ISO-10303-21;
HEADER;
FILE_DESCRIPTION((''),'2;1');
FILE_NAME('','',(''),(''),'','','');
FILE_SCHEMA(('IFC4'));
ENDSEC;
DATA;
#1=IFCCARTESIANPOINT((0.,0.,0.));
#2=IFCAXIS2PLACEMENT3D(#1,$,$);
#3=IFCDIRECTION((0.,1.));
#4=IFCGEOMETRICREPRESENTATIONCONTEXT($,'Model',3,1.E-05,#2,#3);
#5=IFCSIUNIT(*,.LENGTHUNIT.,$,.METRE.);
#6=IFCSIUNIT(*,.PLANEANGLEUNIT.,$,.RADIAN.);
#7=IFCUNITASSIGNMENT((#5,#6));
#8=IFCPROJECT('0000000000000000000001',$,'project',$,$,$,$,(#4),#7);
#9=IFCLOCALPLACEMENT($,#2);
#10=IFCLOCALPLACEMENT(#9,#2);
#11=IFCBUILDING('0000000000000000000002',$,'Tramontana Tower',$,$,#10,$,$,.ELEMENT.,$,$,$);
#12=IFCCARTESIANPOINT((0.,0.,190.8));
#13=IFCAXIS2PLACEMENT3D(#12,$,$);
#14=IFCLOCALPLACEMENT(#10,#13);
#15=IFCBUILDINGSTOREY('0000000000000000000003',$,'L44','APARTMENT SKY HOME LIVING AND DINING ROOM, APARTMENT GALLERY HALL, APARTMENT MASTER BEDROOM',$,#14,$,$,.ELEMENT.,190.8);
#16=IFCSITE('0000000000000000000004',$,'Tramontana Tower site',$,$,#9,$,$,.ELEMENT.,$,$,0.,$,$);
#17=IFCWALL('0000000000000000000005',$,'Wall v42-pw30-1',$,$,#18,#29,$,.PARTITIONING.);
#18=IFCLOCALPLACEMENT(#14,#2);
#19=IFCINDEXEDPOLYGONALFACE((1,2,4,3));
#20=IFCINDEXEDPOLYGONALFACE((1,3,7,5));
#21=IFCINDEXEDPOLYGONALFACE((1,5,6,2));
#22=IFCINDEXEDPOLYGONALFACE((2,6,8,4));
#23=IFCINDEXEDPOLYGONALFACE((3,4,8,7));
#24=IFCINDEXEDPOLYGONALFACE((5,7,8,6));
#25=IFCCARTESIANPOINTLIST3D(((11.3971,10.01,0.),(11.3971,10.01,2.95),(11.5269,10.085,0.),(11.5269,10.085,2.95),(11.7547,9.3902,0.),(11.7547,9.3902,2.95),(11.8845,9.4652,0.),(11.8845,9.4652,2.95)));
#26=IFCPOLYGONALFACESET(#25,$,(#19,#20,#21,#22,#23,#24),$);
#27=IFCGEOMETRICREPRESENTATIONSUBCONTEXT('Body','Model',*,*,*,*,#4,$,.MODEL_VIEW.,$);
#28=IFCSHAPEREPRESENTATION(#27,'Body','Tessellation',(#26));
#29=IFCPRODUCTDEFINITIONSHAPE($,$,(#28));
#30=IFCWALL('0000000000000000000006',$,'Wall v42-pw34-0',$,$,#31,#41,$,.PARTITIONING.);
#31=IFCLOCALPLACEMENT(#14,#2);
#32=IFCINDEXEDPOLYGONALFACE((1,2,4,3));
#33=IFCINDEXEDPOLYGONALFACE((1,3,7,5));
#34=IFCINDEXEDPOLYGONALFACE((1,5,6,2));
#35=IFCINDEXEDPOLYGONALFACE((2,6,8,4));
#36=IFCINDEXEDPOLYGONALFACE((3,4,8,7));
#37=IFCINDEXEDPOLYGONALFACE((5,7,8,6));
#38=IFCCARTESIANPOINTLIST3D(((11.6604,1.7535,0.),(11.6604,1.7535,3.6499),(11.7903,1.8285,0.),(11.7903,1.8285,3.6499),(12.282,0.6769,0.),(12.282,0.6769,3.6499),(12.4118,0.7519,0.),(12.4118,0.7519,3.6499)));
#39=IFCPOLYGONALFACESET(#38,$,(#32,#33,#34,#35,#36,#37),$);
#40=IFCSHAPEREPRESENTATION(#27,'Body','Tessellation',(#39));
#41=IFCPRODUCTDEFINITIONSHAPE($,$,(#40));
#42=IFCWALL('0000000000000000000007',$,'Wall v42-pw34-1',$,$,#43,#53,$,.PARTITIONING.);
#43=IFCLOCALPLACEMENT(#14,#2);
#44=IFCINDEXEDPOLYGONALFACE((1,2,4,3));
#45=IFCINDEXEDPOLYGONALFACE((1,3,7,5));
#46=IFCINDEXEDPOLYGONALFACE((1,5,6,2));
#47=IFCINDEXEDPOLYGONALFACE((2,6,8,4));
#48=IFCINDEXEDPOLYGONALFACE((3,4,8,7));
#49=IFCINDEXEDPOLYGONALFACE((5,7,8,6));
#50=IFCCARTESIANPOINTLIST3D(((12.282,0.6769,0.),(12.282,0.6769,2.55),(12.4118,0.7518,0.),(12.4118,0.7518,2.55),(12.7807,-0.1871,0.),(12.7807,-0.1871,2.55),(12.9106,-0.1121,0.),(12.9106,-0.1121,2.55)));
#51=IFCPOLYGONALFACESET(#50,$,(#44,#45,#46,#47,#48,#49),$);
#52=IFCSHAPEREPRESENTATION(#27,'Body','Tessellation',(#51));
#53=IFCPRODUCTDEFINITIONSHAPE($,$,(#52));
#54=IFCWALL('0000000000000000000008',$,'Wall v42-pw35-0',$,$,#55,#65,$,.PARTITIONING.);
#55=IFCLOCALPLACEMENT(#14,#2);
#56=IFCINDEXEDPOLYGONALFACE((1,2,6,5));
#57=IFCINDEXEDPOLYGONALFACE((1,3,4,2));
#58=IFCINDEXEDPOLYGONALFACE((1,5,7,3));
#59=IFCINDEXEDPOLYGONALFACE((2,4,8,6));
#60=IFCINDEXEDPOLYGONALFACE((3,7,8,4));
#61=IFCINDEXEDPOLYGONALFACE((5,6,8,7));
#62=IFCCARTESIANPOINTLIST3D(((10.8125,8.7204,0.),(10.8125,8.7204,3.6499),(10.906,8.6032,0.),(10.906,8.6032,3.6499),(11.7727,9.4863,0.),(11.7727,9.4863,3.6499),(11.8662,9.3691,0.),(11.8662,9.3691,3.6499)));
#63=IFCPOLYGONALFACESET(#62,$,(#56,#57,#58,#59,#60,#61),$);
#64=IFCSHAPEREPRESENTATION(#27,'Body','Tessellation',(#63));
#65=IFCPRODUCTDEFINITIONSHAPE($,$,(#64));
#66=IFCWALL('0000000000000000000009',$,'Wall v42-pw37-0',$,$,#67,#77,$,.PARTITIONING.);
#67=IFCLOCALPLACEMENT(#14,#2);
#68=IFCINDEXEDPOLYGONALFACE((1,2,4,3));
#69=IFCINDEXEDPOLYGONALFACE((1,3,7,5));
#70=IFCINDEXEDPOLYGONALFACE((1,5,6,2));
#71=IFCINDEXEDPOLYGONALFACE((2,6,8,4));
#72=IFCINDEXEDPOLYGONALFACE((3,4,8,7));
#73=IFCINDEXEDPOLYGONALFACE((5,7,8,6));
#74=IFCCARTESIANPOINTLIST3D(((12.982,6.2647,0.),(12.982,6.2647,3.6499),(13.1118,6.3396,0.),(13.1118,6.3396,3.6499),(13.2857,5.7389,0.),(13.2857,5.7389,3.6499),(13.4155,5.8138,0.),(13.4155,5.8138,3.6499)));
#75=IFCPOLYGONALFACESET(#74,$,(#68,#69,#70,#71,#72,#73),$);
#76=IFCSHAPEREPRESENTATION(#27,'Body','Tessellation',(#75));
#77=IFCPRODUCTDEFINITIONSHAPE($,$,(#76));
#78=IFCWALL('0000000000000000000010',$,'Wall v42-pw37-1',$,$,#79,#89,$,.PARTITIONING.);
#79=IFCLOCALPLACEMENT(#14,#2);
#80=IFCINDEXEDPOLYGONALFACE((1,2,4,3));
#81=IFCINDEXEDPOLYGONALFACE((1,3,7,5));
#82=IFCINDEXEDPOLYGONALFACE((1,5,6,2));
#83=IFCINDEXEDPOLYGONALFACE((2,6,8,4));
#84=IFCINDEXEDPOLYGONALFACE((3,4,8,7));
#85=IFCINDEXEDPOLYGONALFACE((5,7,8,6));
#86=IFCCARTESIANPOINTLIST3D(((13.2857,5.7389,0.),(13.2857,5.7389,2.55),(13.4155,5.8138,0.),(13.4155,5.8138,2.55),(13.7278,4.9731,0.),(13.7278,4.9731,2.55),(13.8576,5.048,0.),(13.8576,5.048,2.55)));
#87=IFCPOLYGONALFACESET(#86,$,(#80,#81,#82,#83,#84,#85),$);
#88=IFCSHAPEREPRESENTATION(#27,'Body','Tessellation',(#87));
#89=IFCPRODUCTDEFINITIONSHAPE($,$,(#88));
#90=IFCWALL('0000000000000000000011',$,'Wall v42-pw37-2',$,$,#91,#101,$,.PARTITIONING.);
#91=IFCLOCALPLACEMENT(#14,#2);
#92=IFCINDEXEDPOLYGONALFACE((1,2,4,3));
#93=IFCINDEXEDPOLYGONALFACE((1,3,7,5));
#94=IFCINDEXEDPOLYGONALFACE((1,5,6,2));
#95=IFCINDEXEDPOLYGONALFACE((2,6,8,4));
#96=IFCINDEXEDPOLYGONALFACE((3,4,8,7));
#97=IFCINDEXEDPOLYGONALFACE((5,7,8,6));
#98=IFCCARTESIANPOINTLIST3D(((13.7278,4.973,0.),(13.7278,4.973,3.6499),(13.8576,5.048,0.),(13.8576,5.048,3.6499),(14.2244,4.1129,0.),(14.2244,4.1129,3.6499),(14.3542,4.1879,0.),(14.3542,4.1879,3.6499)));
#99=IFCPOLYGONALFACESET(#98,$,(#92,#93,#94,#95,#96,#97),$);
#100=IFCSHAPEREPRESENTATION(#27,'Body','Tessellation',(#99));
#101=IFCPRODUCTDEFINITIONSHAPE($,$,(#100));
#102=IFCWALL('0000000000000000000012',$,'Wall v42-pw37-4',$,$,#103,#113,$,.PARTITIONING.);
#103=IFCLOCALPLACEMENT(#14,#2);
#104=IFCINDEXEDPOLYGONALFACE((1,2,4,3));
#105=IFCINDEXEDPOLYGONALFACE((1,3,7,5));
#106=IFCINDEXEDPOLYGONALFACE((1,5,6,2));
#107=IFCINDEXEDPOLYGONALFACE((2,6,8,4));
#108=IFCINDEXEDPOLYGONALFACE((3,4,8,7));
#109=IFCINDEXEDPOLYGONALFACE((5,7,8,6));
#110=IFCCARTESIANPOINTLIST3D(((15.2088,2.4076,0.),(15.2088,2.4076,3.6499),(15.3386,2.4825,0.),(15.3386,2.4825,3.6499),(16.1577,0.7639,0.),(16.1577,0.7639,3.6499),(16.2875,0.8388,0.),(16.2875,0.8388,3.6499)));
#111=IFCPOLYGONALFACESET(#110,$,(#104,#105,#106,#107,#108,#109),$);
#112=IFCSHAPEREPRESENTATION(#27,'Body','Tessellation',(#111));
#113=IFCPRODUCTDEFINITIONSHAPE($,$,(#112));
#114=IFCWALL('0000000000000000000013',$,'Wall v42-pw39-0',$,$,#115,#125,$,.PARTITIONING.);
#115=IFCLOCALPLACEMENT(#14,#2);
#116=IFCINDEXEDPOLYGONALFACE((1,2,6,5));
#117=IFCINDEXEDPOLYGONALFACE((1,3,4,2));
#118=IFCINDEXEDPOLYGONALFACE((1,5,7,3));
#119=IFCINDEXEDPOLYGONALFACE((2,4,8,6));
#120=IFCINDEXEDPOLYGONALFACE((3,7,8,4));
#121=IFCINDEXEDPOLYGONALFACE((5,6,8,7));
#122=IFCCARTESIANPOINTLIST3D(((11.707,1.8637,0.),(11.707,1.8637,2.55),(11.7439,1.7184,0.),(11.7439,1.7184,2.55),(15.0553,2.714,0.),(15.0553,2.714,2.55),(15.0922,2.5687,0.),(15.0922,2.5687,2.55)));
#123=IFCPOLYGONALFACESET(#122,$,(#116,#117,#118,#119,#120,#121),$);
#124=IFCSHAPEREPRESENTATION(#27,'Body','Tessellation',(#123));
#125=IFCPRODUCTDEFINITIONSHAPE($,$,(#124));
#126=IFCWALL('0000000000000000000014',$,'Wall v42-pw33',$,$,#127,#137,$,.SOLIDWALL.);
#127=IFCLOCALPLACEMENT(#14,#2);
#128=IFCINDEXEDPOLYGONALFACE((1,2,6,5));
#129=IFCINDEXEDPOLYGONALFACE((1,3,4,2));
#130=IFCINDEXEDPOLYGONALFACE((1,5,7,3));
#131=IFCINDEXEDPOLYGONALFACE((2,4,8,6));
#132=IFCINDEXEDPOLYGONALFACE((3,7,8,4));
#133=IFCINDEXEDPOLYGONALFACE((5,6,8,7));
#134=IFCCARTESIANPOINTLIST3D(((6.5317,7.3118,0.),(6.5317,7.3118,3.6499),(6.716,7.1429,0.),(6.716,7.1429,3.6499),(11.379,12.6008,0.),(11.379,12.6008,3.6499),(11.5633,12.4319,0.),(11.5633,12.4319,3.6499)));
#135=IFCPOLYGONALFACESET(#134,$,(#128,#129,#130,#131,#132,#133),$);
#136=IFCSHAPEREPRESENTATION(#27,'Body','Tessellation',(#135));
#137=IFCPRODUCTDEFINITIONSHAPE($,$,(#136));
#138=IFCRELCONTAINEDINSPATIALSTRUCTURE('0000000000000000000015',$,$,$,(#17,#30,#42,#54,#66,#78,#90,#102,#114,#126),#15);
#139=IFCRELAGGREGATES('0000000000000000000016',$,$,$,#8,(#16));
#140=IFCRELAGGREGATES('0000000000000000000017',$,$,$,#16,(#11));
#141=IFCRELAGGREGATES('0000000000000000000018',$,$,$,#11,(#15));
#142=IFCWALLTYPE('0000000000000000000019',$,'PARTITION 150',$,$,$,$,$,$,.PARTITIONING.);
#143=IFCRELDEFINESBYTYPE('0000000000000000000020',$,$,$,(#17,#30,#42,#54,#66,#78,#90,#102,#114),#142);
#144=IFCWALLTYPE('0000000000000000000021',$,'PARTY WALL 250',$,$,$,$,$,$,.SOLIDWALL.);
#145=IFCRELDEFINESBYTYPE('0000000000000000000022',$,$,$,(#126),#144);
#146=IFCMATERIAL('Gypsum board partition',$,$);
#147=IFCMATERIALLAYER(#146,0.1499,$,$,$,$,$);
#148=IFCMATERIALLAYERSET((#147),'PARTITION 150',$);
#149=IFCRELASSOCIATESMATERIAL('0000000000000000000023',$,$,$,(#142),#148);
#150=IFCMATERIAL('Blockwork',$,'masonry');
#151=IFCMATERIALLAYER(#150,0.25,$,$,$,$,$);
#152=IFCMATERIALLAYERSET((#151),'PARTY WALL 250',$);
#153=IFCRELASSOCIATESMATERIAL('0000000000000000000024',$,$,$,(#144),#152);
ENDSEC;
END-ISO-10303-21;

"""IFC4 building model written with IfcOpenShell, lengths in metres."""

from ifc_helpers import new_model, si_unit, direction, frame, frame_2d, origin, place, context, subcontext, project, spatial, rectangle, extrude, material, layer, layer_set, type_object, element, save


model = new_model("IFC4")

# Units and contexts
model_context = context("Model", 3, precision=1e-05, world=origin(), true_north=direction((0.0, 1.0)))
body_context = subcontext(model_context, "Body", "Model", "MODEL_VIEW")
ifc_project = project(units=[si_unit("LENGTHUNIT", "METRE"), si_unit("PLANEANGLEUNIT", "RADIAN")], contexts=[model_context])

# Site, building, storey
site_placement = place(None, origin())
site = spatial("IfcSite", under=ifc_project, at=site_placement, Name="Tramontana Tower site", CompositionType="ELEMENT", RefElevation=0.0)
building_placement = place(site_placement, origin())
building = spatial("IfcBuilding", under=site, at=building_placement, Name="Tramontana Tower", CompositionType="ELEMENT")
storey_placement = place(building_placement, frame((0.0, 0.0, 190.8)))
storey = spatial("IfcBuildingStorey", under=building, at=storey_placement, Name="L44", Description="APARTMENT SKY HOME LIVING AND DINING ROOM, APARTMENT GALLERY HALL, APARTMENT MASTER BEDROOM", CompositionType="ELEMENT", Elevation=190.8)

# Shared definitions
ifc_material_1 = material(Name="Gypsum board partition")
ifc_layer_1 = layer(ifc_material_1, 0.1499)
ifc_layer_set_1 = layer_set([ifc_layer_1], Name="PARTITION 150")
wall_type_1 = type_object("IfcWallType", Name="PARTITION 150", PredefinedType="PARTITIONING", material=ifc_layer_set_1)

# Walls
wall_1_placement = place(storey_placement, frame((11.4619, 10.0476, 0.0), z_axis=(0.0, 0.0, 1.0), x_axis=(0.499772, -0.866157, 0.0)))
element("IfcWall", 1, at=wall_1_placement, inside=storey, type_object=wall_type_1, Name="Wall v42-pw30-1", PredefinedType="PARTITIONING", context=body_context, shape_type="SweptSolid", body=[
    extrude(rectangle(XDim=0.7156, YDim=0.1499, at=frame_2d((0.3579, 0.0))), origin(), (0.0, 0.0, 1.0), 2.95),
])
wall_2_placement = place(storey_placement, frame((11.7253, 1.791, 0.0), z_axis=(0.0, 0.0, 1.0), x_axis=(0.499983, -0.866035, 0.0)))
element("IfcWall", 2, at=wall_2_placement, inside=storey, type_object=wall_type_1, Name="Wall v42-pw34-0", PredefinedType="PARTITIONING", context=body_context, shape_type="SweptSolid", body=[
    extrude(rectangle(XDim=1.2432, YDim=0.1499, at=frame_2d((0.6216, 0.0))), origin(), (0.0, 0.0, 1.0), 3.6499),
])
wall_3_placement = place(storey_placement, frame((12.3469, 0.7144, 0.0), z_axis=(0.0, 0.0, 1.0), x_axis=(0.499955, -0.866051, 0.0)))
element("IfcWall", 3, at=wall_3_placement, inside=storey, type_object=wall_type_1, Name="Wall v42-pw34-1", PredefinedType="PARTITIONING", context=body_context, shape_type="SweptSolid", body=[
    extrude(rectangle(XDim=0.9976, YDim=0.1499, at=frame_2d((0.4988, 0.0))), origin(), (0.0, 0.0, 1.0), 2.55),
])
wall_4_placement = place(storey_placement, frame((11.8196, 9.4277, 0.0), z_axis=(0.0, 0.0, 1.0), x_axis=(-0.781779, -0.623555, 0.0)))
element("IfcWall", 4, at=wall_4_placement, inside=storey, type_object=wall_type_1, Name="Wall v42-pw35-0", PredefinedType="PARTITIONING", context=body_context, shape_type="SweptSolid", body=[
    extrude(rectangle(XDim=1.2283, YDim=0.1499, at=frame_2d((0.6143, 0.0))), origin(), (0.0, 0.0, 1.0), 3.6499),
])
wall_5_placement = place(storey_placement, frame((13.0469, 6.3022, 0.0), z_axis=(0.0, 0.0, 1.0), x_axis=(0.500117, -0.865958, 0.0)))
element("IfcWall", 5, at=wall_5_placement, inside=storey, type_object=wall_type_1, Name="Wall v42-pw37-0", PredefinedType="PARTITIONING", context=body_context, shape_type="SweptSolid", body=[
    extrude(rectangle(XDim=0.6072, YDim=0.1499, at=frame_2d((0.3037, 0.0))), origin(), (0.0, 0.0, 1.0), 3.6499),
])
wall_6_placement = place(storey_placement, frame((13.3506, 5.7764, 0.0), z_axis=(0.0, 0.0, 1.0), x_axis=(0.499969, -0.866043, 0.0)))
element("IfcWall", 6, at=wall_6_placement, inside=storey, type_object=wall_type_1, Name="Wall v42-pw37-1", PredefinedType="PARTITIONING", context=body_context, shape_type="SweptSolid", body=[
    extrude(rectangle(XDim=0.8843, YDim=0.1499, at=frame_2d((0.4421, 0.0))), origin(), (0.0, 0.0, 1.0), 2.55),
])
wall_7_placement = place(storey_placement, frame((13.7927, 5.0105, 0.0), z_axis=(0.0, 0.0, 1.0), x_axis=(0.499999, -0.866026, 0.0)))
element("IfcWall", 7, at=wall_7_placement, inside=storey, type_object=wall_type_1, Name="Wall v42-pw37-2", PredefinedType="PARTITIONING", context=body_context, shape_type="SweptSolid", body=[
    extrude(rectangle(XDim=0.9932, YDim=0.1499, at=frame_2d((0.4966, 0.0))), origin(), (0.0, 0.0, 1.0), 3.6499),
])

# Walls
wall_8_placement = place(storey_placement, frame((15.2737, 2.4451, 0.0), z_axis=(0.0, 0.0, 1.0), x_axis=(0.499971, -0.866042, 0.0)))
element("IfcWall", 8, at=wall_8_placement, inside=storey, type_object=wall_type_1, Name="Wall v42-pw37-4", PredefinedType="PARTITIONING", context=body_context, shape_type="SweptSolid", body=[
    extrude(rectangle(XDim=1.8979, YDim=0.1499, at=frame_2d((0.949, 0.0))), origin(), (0.0, 0.0, 1.0), 3.6499),
])
wall_9_placement = place(storey_placement, frame((15.0737, 2.6414, 0.0), z_axis=(0.0, 0.0, 1.0), x_axis=(-0.969234, -0.246142, 0.0)))
element("IfcWall", 9, at=wall_9_placement, inside=storey, type_object=wall_type_1, Name="Wall v42-pw39-0", PredefinedType="PARTITIONING", context=body_context, shape_type="SweptSolid", body=[
    extrude(rectangle(XDim=3.4546, YDim=0.1499, at=frame_2d((1.7273, 0.0))), origin(), (0.0, 0.0, 1.0), 2.55),
])
ifc_material_2 = material(Name="Blockwork", Category="masonry")
ifc_layer_2 = layer(ifc_material_2, 0.25)
ifc_layer_set_2 = layer_set([ifc_layer_2], Name="PARTY WALL 250")
wall_type_2 = type_object("IfcWallType", Name="PARTY WALL 250", PredefinedType="SOLIDWALL", material=ifc_layer_set_2)
wall_10_placement = place(storey_placement, frame((11.4712, 12.5164, 0.0), z_axis=(0.0, 0.0, 1.0), x_axis=(-0.675657, -0.737216, 0.0)))
element("IfcWall", 10, at=wall_10_placement, inside=storey, type_object=wall_type_2, Name="Wall v42-pw33", PredefinedType="SOLIDWALL", context=body_context, shape_type="SweptSolid", body=[
    extrude(rectangle(XDim=7.1743, YDim=0.25, at=frame_2d((3.5872, 0.0))), origin(), (0.0, 0.0, 1.0), 3.6499),
])

save(model, "model.ifc")
